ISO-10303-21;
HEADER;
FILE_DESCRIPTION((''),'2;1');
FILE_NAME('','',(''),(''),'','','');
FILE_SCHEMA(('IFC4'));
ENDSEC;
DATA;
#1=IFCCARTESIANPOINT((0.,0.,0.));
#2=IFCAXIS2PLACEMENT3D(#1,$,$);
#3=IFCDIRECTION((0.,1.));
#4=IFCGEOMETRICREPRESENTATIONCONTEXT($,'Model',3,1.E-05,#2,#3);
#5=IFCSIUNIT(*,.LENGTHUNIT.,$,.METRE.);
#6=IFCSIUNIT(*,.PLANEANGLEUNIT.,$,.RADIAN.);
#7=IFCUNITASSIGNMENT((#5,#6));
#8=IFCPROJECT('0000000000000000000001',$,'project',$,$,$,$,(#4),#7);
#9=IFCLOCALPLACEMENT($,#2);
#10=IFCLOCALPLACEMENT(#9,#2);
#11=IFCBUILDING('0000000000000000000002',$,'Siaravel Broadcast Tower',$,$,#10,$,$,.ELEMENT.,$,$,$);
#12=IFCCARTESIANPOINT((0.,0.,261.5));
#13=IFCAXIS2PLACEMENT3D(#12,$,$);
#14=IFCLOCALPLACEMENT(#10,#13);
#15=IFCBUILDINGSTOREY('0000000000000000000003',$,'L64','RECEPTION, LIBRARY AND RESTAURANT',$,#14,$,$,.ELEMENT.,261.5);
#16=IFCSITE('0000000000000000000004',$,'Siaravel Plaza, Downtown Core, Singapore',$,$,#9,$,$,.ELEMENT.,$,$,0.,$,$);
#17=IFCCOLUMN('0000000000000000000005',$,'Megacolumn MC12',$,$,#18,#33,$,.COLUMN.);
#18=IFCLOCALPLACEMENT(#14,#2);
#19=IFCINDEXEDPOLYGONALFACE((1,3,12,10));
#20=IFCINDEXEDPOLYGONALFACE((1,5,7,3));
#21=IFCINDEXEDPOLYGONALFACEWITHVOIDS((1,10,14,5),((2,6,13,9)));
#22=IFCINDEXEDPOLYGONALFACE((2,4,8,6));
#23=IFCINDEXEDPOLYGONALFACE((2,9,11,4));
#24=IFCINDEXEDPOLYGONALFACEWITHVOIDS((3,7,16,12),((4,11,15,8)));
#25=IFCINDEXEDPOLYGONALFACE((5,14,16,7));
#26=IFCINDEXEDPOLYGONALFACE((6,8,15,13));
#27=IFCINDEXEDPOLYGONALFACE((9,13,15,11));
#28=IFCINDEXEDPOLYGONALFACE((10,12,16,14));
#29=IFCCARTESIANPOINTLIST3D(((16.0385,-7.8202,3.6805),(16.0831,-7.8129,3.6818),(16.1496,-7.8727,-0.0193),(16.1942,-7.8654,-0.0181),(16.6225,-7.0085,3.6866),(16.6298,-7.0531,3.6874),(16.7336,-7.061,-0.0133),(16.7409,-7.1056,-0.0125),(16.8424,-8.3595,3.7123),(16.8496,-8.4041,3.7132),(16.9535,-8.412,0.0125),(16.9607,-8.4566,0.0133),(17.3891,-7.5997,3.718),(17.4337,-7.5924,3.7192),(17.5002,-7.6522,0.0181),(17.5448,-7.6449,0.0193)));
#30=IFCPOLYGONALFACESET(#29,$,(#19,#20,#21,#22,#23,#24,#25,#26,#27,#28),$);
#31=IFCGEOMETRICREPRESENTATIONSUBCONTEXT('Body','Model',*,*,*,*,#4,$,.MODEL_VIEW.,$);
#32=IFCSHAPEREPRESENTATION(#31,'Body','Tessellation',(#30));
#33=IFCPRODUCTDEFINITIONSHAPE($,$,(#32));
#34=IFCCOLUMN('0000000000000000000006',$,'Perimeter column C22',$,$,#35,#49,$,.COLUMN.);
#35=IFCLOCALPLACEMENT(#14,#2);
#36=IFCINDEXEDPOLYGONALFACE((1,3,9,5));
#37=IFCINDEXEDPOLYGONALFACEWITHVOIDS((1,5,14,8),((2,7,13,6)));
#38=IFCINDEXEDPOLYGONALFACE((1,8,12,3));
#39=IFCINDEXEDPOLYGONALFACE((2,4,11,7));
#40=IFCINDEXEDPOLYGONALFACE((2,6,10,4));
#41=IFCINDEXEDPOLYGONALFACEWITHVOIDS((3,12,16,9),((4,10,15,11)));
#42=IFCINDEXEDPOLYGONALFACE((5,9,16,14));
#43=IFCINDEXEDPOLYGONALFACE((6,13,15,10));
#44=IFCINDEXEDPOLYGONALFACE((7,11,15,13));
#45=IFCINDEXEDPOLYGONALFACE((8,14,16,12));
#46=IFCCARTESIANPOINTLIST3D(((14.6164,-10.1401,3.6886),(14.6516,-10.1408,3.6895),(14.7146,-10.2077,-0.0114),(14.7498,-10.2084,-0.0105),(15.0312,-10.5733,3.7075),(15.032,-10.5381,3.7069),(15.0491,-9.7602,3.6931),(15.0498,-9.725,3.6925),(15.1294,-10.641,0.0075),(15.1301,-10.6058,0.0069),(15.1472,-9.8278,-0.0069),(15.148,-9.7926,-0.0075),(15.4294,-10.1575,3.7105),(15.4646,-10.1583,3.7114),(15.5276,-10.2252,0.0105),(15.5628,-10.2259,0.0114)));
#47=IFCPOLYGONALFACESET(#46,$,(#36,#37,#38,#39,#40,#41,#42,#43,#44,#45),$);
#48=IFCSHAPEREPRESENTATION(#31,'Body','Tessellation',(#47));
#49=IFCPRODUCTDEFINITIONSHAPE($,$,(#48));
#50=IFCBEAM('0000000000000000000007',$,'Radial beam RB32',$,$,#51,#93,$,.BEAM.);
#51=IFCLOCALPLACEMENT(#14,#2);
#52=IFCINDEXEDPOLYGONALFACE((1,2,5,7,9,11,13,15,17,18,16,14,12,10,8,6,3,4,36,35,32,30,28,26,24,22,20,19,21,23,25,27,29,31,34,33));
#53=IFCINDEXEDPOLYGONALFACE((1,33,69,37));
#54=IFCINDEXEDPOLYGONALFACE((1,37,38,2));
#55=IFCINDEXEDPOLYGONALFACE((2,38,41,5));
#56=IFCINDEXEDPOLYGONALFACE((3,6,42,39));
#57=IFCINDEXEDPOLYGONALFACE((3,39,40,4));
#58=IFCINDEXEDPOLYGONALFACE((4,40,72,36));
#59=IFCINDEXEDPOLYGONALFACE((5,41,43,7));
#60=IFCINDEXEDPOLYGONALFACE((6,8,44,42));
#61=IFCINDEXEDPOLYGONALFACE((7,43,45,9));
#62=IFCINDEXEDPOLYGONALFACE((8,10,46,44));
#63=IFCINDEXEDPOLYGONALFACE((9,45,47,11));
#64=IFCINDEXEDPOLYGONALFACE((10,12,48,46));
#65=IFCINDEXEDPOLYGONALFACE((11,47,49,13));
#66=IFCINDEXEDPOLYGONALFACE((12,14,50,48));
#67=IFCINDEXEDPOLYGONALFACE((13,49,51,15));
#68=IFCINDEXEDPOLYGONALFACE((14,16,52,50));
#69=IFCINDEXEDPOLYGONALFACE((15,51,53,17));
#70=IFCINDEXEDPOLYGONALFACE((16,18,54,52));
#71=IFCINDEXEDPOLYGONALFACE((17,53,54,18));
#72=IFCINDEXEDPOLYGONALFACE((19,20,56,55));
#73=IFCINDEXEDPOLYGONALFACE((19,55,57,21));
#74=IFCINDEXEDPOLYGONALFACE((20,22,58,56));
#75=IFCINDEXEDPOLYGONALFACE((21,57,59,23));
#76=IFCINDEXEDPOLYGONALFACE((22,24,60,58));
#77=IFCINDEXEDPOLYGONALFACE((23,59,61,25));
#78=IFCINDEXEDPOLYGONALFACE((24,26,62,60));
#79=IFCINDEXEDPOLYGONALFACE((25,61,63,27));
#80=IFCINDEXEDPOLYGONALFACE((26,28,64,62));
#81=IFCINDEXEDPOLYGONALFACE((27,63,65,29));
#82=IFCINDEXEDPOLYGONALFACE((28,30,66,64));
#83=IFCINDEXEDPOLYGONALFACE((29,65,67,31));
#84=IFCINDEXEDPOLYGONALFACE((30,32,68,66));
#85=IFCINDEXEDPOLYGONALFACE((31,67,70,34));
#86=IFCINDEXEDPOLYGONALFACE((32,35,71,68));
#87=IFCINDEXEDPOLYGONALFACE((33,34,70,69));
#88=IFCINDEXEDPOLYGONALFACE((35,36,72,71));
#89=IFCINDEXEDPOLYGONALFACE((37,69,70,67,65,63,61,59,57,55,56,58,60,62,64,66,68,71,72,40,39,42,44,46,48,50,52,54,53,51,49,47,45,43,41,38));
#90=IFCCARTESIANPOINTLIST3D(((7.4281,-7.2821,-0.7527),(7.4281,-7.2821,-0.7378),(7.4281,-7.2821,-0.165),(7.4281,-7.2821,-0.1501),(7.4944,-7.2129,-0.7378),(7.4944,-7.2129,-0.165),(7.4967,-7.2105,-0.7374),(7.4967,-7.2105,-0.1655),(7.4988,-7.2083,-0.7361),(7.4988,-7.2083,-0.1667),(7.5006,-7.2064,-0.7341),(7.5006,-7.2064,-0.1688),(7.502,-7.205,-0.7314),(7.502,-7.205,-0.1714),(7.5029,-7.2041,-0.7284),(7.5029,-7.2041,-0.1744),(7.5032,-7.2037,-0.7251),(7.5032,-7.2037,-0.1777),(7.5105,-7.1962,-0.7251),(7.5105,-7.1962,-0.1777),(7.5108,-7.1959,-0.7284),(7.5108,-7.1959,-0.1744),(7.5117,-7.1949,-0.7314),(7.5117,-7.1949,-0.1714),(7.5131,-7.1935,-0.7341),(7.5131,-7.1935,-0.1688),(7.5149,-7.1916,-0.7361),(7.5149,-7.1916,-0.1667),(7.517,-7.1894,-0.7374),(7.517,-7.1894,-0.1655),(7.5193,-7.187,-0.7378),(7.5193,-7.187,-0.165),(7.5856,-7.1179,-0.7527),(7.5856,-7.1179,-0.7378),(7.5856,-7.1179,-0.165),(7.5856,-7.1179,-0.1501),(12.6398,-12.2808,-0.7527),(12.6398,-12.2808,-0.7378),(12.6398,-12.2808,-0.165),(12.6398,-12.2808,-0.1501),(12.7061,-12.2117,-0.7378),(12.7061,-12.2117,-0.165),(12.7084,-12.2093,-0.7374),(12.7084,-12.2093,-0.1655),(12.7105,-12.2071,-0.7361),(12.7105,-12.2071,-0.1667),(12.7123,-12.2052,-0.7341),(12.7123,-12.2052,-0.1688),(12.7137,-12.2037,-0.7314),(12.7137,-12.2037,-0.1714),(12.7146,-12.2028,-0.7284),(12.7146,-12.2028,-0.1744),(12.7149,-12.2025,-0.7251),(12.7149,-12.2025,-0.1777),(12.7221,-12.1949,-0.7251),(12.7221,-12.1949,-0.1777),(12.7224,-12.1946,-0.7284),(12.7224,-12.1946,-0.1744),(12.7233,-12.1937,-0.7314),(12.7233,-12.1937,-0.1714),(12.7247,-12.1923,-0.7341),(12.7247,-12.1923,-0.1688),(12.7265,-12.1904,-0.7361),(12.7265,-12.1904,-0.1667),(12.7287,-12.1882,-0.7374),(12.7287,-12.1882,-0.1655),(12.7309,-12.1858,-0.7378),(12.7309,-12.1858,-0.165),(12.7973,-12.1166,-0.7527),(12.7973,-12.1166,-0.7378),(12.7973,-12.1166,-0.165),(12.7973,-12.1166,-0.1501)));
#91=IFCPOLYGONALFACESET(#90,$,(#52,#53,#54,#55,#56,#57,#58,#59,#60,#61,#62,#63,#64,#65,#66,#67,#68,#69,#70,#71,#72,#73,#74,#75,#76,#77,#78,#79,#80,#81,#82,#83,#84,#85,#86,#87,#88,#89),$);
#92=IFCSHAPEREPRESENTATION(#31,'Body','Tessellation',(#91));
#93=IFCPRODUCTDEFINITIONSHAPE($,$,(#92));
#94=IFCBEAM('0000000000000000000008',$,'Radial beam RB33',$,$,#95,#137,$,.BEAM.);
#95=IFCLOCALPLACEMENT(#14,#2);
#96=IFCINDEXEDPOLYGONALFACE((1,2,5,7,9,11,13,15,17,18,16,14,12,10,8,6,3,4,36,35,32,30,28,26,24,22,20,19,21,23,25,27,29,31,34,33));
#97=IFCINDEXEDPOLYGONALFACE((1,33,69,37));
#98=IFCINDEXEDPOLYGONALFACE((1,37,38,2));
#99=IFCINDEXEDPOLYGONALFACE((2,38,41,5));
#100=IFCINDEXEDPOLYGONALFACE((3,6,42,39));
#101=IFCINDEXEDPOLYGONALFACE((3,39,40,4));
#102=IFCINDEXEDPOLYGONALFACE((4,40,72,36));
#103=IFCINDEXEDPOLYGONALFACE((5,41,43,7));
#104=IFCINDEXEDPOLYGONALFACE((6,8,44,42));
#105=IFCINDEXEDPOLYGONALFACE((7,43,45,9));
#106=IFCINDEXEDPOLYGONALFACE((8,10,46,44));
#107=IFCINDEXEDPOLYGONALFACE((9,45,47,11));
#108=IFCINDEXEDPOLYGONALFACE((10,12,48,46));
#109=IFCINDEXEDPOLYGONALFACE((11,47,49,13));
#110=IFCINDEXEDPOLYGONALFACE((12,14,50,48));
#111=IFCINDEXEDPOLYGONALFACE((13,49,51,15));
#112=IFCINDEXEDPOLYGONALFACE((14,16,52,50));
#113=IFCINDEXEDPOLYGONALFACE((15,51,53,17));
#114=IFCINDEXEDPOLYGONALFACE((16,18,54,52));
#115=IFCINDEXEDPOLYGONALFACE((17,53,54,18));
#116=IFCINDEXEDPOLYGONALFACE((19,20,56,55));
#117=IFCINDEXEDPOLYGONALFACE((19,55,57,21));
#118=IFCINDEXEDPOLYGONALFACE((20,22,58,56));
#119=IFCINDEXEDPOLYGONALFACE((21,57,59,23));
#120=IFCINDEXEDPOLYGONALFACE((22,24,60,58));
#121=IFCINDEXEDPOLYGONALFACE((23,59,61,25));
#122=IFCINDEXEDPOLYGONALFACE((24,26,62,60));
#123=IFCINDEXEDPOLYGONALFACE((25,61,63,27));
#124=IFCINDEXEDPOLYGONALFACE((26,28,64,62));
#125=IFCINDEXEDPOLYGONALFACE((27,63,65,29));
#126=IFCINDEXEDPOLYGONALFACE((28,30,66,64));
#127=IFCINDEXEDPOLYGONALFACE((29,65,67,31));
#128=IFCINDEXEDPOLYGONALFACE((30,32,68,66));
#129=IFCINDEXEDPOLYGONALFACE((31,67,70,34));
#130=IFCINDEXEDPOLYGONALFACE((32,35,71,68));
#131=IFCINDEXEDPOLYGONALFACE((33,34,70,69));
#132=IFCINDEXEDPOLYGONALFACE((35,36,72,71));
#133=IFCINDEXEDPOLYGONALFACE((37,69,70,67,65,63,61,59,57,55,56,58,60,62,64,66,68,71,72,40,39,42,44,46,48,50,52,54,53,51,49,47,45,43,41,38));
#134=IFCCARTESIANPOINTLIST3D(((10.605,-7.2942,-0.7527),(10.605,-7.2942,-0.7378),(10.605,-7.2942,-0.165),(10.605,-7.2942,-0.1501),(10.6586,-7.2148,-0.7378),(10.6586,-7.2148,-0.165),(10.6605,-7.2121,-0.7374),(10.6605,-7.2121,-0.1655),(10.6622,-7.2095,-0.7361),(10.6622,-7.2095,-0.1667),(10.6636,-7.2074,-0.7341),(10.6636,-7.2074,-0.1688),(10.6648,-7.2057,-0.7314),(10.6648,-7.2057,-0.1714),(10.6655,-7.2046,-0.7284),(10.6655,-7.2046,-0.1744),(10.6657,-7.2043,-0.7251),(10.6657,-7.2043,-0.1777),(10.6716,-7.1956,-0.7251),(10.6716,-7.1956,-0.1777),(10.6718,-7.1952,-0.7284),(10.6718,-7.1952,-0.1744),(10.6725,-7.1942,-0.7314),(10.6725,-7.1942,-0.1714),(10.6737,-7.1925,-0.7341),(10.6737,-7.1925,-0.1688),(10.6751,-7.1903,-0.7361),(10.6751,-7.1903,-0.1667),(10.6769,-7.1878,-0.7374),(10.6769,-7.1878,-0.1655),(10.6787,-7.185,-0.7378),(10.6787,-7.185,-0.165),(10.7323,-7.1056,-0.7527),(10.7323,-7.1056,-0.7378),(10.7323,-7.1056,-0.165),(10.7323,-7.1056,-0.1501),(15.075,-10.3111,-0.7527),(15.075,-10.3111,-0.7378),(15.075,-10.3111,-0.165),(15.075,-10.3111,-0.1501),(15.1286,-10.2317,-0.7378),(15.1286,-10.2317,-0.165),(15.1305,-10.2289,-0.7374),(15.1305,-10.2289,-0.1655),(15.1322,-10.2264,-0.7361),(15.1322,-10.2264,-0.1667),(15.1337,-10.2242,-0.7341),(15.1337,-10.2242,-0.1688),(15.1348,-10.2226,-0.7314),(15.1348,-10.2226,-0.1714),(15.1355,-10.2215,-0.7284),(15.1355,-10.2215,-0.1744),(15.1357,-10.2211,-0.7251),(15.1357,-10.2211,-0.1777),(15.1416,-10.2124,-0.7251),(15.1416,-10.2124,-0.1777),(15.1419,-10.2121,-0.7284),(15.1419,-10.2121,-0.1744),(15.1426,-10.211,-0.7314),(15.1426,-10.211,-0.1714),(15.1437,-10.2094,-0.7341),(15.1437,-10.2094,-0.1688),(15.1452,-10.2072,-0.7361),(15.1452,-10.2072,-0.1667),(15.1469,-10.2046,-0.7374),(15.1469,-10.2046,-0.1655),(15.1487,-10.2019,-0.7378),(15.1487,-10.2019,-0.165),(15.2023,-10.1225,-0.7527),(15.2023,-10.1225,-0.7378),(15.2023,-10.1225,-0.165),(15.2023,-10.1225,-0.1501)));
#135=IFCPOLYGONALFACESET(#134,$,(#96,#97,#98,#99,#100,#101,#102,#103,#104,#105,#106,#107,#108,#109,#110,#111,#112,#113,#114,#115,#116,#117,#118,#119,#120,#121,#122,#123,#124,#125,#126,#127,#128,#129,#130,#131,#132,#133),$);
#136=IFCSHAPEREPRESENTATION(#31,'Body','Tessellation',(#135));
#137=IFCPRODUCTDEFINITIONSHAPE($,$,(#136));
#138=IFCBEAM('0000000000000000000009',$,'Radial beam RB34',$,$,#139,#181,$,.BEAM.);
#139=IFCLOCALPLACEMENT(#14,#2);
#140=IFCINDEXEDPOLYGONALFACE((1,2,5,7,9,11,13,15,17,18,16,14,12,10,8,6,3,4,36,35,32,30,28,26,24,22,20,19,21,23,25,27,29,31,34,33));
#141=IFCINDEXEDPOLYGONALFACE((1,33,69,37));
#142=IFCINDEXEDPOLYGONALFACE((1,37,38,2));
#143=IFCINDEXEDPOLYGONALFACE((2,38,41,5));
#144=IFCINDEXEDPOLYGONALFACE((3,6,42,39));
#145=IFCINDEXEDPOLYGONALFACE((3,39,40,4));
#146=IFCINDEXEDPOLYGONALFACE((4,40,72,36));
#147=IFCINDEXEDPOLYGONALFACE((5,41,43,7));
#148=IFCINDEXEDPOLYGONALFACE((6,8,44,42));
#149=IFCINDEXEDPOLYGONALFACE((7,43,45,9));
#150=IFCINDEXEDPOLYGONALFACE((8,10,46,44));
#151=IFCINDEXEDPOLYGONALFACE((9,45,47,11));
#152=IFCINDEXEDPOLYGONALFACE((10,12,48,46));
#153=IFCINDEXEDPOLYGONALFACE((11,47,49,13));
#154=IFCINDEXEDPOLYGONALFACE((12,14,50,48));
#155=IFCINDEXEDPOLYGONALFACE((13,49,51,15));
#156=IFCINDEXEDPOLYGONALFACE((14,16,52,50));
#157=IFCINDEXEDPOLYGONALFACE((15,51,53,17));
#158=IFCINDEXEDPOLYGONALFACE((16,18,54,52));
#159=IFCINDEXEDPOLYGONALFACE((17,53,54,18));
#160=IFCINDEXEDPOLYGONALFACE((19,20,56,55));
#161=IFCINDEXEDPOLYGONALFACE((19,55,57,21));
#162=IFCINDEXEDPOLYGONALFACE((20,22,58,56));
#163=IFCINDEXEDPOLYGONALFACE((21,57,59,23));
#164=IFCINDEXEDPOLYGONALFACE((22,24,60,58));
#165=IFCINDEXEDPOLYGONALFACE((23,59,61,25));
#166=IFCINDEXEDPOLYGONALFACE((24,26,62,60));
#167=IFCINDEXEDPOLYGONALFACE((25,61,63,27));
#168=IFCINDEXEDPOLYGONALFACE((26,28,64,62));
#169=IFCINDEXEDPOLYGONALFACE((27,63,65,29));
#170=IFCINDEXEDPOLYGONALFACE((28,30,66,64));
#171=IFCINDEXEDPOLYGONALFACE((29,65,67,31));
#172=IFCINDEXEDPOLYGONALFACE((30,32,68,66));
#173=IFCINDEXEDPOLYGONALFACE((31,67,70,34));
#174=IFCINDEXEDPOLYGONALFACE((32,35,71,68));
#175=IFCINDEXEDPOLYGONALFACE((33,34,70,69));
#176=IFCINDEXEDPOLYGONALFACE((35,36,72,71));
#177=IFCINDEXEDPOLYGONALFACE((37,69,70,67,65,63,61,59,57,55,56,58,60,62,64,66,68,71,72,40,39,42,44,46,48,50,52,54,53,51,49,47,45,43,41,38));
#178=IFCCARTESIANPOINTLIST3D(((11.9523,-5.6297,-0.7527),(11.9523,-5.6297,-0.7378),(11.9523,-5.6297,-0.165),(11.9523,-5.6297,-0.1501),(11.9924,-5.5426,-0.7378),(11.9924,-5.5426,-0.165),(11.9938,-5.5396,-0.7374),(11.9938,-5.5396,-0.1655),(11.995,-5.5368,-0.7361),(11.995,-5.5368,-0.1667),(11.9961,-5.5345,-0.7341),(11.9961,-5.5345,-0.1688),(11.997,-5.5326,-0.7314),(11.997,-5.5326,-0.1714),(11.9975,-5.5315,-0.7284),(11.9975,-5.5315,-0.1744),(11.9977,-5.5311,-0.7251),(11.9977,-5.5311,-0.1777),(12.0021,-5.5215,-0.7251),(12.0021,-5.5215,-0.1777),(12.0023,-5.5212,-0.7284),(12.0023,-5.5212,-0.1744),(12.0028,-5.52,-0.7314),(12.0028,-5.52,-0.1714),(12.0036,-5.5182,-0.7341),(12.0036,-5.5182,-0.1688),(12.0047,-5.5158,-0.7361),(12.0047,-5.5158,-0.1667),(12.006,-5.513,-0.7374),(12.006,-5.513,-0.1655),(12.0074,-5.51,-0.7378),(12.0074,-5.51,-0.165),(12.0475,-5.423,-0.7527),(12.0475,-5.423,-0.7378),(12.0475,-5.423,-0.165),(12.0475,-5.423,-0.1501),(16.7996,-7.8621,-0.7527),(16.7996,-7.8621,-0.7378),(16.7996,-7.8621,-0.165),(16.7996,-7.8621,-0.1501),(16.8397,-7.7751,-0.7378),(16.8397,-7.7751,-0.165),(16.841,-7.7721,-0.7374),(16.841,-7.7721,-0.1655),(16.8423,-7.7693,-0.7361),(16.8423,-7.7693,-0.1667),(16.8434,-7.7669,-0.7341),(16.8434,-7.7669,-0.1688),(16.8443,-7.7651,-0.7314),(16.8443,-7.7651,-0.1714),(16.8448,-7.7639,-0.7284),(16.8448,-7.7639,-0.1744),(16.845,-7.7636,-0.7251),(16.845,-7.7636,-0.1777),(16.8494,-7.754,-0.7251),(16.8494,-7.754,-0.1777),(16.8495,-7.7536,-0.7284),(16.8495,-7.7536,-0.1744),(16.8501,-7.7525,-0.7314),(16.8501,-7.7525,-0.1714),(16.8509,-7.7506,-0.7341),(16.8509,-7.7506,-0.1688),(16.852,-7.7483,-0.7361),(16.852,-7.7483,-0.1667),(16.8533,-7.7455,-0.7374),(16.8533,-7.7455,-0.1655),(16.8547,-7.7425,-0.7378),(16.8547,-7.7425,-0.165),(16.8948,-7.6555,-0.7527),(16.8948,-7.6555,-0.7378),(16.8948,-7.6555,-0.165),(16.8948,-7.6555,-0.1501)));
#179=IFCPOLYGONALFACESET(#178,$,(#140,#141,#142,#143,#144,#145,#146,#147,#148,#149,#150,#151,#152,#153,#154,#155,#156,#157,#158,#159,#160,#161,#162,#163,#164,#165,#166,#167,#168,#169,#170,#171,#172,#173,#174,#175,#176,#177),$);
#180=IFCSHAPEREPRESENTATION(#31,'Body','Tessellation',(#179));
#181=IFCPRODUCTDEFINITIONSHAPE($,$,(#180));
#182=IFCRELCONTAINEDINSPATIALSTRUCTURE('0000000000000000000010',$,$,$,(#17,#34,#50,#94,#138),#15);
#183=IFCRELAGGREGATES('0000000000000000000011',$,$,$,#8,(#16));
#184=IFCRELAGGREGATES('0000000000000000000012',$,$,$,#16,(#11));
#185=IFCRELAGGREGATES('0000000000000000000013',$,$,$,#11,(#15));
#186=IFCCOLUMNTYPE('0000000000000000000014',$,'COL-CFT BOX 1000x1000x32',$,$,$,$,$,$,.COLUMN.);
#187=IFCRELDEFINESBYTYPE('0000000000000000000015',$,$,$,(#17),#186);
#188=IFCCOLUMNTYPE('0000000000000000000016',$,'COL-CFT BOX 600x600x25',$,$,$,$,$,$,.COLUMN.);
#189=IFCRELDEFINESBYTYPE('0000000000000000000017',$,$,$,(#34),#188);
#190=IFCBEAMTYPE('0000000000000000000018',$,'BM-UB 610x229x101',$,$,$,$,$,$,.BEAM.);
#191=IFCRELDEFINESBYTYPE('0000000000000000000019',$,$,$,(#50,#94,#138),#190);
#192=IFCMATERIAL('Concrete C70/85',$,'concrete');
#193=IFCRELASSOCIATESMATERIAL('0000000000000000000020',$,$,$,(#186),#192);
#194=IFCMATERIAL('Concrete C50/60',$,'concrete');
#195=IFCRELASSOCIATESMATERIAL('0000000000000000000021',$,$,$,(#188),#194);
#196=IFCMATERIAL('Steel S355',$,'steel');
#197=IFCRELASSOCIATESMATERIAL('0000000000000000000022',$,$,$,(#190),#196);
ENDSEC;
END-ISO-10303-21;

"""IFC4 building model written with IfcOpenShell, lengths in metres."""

from ifc_helpers import new_model, si_unit, direction, frame, origin, origin_2d, place, context, subcontext, project, spatial, hollow_rectangle, i_section, extrude, material, material_profile, profile_set, type_object, element, save


model = new_model("IFC4")

# Units and contexts
model_context = context("Model", 3, precision=1e-05, world=origin(), true_north=direction((0.0, 1.0)))
body_context = subcontext(model_context, "Body", "Model", "MODEL_VIEW")
ifc_project = project(units=[si_unit("LENGTHUNIT", "METRE"), si_unit("PLANEANGLEUNIT", "RADIAN")], contexts=[model_context])

# Site, building, storey
site_placement = place(None, origin())
site = spatial("IfcSite", under=ifc_project, at=site_placement, Name="Siaravel Plaza, Downtown Core, Singapore", CompositionType="ELEMENT", RefElevation=0.0)
building_placement = place(site_placement, origin())
building = spatial("IfcBuilding", under=site, at=building_placement, Name="Siaravel Broadcast Tower", CompositionType="ELEMENT")
storey_placement = place(building_placement, frame((0.0, 0.0, 261.5)))
storey = spatial("IfcBuildingStorey", under=building, at=storey_placement, Name="L64", Description="RECEPTION, LIBRARY AND RESTAURANT", CompositionType="ELEMENT", Elevation=261.5)

# Columns
ifc_material_1 = material(Name="Concrete C70/85", Category="concrete")
ifc_material_profile_1 = material_profile(ifc_material_1, hollow_rectangle(XDim=1.0, YDim=1.0, WallThickness=0.032, at=origin_2d()))
ifc_profile_set_1 = profile_set([ifc_material_profile_1], Name="Concrete C70/85")
column_type_1 = type_object("IfcColumnType", Name="COL-CFT BOX 1000x1000x32", PredefinedType="COLUMN", material=ifc_profile_set_1)
column_1_placement = place(storey_placement, frame((16.8472, -7.7588, 0.0), z_axis=(-0.030007, 0.014179, 0.999449), x_axis=(-0.584046, -0.811698, -0.00602)))
element("IfcColumn", 1, at=column_1_placement, inside=storey, type_object=column_type_1, Name="Megacolumn MC12", PredefinedType="COLUMN", context=body_context, shape_type="SweptSolid", body=[
    extrude(hollow_rectangle(XDim=1.0, YDim=1.0, WallThickness=0.032, at=origin_2d()), origin(), (0.0, 0.0, 1.0), 3.7019),
])
ifc_material_2 = material(Name="Concrete C50/60", Category="concrete")
ifc_material_profile_2 = material_profile(ifc_material_2, hollow_rectangle(XDim=0.6001, YDim=0.6001, WallThickness=0.0249, at=origin_2d()))
ifc_profile_set_2 = profile_set([ifc_material_profile_2], Name="Concrete C50/60")
column_type_2 = type_object("IfcColumnType", Name="COL-CFT BOX 600x600x25", PredefinedType="COLUMN", material=ifc_profile_set_2)
column_2_placement = place(storey_placement, frame((15.1387, -10.2168, 0.0), z_axis=(-0.026512, 0.018268, 0.999482), x_axis=(-0.722217, -0.691636, -0.006516)))
element("IfcColumn", 2, at=column_2_placement, inside=storey, type_object=column_type_2, Name="Perimeter column C22", PredefinedType="COLUMN", context=body_context, shape_type="SweptSolid", body=[
    extrude(hollow_rectangle(XDim=0.6001, YDim=0.6001, WallThickness=0.0249, at=origin_2d()), origin(), (0.0, 0.0, 1.0), 3.7019),
])

# Beams
ifc_material_3 = material(Name="Steel S355", Category="steel")
ifc_material_profile_3 = material_profile(ifc_material_3, i_section(OverallWidth=0.2275, OverallDepth=0.6025, WebThickness=0.0105, FlangeThickness=0.0149, FilletRadius=0.0127, at=origin_2d()))
ifc_profile_set_3 = profile_set([ifc_material_profile_3], Name="Steel S355")
beam_type = type_object("IfcBeamType", Name="BM-UB 610x229x101", PredefinedType="BEAM", material=ifc_profile_set_3)
beam_1_placement = place(storey_placement, frame((12.7185, -12.1987, -0.4514), z_axis=(-0.721693, 0.692213, 0.0), x_axis=(-0.692213, -0.721693, 0.0)))
element("IfcBeam", 3, at=beam_1_placement, inside=storey, type_object=beam_type, Name="Radial beam RB32", PredefinedType="BEAM", context=body_context, shape_type="SweptSolid", body=[
    extrude(i_section(OverallWidth=0.2275, OverallDepth=0.6025, WebThickness=0.0105, FlangeThickness=0.0149, FilletRadius=0.0127, at=origin_2d()), origin(), (0.0, 0.0, 1.0), 7.2214),
])
beam_2_placement = place(storey_placement, frame((15.1387, -10.2168, -0.4514), z_axis=(-0.828882, 0.559424, 0.0), x_axis=(-0.559424, -0.828882, 0.0)))
element("IfcBeam", 4, at=beam_2_placement, inside=storey, type_object=beam_type, Name="Radial beam RB33", PredefinedType="BEAM", context=body_context, shape_type="SweptSolid", body=[
    extrude(i_section(OverallWidth=0.2275, OverallDepth=0.6025, WebThickness=0.0105, FlangeThickness=0.0149, FilletRadius=0.0127, at=origin_2d()), origin(), (0.0, 0.0, 1.0), 5.3928),
])
beam_3_placement = place(storey_placement, frame((16.8472, -7.7588, -0.4514), z_axis=(-0.908297, 0.418327, 0.0), x_axis=(-0.418327, -0.908297, 0.0)))
element("IfcBeam", 5, at=beam_3_placement, inside=storey, type_object=beam_type, Name="Radial beam RB34", PredefinedType="BEAM", context=body_context, shape_type="SweptSolid", body=[
    extrude(i_section(OverallWidth=0.2275, OverallDepth=0.6025, WebThickness=0.0105, FlangeThickness=0.0149, FilletRadius=0.0127, at=origin_2d()), origin(), (0.0, 0.0, 1.0), 5.3367),
])

save(model, "model.ifc")
